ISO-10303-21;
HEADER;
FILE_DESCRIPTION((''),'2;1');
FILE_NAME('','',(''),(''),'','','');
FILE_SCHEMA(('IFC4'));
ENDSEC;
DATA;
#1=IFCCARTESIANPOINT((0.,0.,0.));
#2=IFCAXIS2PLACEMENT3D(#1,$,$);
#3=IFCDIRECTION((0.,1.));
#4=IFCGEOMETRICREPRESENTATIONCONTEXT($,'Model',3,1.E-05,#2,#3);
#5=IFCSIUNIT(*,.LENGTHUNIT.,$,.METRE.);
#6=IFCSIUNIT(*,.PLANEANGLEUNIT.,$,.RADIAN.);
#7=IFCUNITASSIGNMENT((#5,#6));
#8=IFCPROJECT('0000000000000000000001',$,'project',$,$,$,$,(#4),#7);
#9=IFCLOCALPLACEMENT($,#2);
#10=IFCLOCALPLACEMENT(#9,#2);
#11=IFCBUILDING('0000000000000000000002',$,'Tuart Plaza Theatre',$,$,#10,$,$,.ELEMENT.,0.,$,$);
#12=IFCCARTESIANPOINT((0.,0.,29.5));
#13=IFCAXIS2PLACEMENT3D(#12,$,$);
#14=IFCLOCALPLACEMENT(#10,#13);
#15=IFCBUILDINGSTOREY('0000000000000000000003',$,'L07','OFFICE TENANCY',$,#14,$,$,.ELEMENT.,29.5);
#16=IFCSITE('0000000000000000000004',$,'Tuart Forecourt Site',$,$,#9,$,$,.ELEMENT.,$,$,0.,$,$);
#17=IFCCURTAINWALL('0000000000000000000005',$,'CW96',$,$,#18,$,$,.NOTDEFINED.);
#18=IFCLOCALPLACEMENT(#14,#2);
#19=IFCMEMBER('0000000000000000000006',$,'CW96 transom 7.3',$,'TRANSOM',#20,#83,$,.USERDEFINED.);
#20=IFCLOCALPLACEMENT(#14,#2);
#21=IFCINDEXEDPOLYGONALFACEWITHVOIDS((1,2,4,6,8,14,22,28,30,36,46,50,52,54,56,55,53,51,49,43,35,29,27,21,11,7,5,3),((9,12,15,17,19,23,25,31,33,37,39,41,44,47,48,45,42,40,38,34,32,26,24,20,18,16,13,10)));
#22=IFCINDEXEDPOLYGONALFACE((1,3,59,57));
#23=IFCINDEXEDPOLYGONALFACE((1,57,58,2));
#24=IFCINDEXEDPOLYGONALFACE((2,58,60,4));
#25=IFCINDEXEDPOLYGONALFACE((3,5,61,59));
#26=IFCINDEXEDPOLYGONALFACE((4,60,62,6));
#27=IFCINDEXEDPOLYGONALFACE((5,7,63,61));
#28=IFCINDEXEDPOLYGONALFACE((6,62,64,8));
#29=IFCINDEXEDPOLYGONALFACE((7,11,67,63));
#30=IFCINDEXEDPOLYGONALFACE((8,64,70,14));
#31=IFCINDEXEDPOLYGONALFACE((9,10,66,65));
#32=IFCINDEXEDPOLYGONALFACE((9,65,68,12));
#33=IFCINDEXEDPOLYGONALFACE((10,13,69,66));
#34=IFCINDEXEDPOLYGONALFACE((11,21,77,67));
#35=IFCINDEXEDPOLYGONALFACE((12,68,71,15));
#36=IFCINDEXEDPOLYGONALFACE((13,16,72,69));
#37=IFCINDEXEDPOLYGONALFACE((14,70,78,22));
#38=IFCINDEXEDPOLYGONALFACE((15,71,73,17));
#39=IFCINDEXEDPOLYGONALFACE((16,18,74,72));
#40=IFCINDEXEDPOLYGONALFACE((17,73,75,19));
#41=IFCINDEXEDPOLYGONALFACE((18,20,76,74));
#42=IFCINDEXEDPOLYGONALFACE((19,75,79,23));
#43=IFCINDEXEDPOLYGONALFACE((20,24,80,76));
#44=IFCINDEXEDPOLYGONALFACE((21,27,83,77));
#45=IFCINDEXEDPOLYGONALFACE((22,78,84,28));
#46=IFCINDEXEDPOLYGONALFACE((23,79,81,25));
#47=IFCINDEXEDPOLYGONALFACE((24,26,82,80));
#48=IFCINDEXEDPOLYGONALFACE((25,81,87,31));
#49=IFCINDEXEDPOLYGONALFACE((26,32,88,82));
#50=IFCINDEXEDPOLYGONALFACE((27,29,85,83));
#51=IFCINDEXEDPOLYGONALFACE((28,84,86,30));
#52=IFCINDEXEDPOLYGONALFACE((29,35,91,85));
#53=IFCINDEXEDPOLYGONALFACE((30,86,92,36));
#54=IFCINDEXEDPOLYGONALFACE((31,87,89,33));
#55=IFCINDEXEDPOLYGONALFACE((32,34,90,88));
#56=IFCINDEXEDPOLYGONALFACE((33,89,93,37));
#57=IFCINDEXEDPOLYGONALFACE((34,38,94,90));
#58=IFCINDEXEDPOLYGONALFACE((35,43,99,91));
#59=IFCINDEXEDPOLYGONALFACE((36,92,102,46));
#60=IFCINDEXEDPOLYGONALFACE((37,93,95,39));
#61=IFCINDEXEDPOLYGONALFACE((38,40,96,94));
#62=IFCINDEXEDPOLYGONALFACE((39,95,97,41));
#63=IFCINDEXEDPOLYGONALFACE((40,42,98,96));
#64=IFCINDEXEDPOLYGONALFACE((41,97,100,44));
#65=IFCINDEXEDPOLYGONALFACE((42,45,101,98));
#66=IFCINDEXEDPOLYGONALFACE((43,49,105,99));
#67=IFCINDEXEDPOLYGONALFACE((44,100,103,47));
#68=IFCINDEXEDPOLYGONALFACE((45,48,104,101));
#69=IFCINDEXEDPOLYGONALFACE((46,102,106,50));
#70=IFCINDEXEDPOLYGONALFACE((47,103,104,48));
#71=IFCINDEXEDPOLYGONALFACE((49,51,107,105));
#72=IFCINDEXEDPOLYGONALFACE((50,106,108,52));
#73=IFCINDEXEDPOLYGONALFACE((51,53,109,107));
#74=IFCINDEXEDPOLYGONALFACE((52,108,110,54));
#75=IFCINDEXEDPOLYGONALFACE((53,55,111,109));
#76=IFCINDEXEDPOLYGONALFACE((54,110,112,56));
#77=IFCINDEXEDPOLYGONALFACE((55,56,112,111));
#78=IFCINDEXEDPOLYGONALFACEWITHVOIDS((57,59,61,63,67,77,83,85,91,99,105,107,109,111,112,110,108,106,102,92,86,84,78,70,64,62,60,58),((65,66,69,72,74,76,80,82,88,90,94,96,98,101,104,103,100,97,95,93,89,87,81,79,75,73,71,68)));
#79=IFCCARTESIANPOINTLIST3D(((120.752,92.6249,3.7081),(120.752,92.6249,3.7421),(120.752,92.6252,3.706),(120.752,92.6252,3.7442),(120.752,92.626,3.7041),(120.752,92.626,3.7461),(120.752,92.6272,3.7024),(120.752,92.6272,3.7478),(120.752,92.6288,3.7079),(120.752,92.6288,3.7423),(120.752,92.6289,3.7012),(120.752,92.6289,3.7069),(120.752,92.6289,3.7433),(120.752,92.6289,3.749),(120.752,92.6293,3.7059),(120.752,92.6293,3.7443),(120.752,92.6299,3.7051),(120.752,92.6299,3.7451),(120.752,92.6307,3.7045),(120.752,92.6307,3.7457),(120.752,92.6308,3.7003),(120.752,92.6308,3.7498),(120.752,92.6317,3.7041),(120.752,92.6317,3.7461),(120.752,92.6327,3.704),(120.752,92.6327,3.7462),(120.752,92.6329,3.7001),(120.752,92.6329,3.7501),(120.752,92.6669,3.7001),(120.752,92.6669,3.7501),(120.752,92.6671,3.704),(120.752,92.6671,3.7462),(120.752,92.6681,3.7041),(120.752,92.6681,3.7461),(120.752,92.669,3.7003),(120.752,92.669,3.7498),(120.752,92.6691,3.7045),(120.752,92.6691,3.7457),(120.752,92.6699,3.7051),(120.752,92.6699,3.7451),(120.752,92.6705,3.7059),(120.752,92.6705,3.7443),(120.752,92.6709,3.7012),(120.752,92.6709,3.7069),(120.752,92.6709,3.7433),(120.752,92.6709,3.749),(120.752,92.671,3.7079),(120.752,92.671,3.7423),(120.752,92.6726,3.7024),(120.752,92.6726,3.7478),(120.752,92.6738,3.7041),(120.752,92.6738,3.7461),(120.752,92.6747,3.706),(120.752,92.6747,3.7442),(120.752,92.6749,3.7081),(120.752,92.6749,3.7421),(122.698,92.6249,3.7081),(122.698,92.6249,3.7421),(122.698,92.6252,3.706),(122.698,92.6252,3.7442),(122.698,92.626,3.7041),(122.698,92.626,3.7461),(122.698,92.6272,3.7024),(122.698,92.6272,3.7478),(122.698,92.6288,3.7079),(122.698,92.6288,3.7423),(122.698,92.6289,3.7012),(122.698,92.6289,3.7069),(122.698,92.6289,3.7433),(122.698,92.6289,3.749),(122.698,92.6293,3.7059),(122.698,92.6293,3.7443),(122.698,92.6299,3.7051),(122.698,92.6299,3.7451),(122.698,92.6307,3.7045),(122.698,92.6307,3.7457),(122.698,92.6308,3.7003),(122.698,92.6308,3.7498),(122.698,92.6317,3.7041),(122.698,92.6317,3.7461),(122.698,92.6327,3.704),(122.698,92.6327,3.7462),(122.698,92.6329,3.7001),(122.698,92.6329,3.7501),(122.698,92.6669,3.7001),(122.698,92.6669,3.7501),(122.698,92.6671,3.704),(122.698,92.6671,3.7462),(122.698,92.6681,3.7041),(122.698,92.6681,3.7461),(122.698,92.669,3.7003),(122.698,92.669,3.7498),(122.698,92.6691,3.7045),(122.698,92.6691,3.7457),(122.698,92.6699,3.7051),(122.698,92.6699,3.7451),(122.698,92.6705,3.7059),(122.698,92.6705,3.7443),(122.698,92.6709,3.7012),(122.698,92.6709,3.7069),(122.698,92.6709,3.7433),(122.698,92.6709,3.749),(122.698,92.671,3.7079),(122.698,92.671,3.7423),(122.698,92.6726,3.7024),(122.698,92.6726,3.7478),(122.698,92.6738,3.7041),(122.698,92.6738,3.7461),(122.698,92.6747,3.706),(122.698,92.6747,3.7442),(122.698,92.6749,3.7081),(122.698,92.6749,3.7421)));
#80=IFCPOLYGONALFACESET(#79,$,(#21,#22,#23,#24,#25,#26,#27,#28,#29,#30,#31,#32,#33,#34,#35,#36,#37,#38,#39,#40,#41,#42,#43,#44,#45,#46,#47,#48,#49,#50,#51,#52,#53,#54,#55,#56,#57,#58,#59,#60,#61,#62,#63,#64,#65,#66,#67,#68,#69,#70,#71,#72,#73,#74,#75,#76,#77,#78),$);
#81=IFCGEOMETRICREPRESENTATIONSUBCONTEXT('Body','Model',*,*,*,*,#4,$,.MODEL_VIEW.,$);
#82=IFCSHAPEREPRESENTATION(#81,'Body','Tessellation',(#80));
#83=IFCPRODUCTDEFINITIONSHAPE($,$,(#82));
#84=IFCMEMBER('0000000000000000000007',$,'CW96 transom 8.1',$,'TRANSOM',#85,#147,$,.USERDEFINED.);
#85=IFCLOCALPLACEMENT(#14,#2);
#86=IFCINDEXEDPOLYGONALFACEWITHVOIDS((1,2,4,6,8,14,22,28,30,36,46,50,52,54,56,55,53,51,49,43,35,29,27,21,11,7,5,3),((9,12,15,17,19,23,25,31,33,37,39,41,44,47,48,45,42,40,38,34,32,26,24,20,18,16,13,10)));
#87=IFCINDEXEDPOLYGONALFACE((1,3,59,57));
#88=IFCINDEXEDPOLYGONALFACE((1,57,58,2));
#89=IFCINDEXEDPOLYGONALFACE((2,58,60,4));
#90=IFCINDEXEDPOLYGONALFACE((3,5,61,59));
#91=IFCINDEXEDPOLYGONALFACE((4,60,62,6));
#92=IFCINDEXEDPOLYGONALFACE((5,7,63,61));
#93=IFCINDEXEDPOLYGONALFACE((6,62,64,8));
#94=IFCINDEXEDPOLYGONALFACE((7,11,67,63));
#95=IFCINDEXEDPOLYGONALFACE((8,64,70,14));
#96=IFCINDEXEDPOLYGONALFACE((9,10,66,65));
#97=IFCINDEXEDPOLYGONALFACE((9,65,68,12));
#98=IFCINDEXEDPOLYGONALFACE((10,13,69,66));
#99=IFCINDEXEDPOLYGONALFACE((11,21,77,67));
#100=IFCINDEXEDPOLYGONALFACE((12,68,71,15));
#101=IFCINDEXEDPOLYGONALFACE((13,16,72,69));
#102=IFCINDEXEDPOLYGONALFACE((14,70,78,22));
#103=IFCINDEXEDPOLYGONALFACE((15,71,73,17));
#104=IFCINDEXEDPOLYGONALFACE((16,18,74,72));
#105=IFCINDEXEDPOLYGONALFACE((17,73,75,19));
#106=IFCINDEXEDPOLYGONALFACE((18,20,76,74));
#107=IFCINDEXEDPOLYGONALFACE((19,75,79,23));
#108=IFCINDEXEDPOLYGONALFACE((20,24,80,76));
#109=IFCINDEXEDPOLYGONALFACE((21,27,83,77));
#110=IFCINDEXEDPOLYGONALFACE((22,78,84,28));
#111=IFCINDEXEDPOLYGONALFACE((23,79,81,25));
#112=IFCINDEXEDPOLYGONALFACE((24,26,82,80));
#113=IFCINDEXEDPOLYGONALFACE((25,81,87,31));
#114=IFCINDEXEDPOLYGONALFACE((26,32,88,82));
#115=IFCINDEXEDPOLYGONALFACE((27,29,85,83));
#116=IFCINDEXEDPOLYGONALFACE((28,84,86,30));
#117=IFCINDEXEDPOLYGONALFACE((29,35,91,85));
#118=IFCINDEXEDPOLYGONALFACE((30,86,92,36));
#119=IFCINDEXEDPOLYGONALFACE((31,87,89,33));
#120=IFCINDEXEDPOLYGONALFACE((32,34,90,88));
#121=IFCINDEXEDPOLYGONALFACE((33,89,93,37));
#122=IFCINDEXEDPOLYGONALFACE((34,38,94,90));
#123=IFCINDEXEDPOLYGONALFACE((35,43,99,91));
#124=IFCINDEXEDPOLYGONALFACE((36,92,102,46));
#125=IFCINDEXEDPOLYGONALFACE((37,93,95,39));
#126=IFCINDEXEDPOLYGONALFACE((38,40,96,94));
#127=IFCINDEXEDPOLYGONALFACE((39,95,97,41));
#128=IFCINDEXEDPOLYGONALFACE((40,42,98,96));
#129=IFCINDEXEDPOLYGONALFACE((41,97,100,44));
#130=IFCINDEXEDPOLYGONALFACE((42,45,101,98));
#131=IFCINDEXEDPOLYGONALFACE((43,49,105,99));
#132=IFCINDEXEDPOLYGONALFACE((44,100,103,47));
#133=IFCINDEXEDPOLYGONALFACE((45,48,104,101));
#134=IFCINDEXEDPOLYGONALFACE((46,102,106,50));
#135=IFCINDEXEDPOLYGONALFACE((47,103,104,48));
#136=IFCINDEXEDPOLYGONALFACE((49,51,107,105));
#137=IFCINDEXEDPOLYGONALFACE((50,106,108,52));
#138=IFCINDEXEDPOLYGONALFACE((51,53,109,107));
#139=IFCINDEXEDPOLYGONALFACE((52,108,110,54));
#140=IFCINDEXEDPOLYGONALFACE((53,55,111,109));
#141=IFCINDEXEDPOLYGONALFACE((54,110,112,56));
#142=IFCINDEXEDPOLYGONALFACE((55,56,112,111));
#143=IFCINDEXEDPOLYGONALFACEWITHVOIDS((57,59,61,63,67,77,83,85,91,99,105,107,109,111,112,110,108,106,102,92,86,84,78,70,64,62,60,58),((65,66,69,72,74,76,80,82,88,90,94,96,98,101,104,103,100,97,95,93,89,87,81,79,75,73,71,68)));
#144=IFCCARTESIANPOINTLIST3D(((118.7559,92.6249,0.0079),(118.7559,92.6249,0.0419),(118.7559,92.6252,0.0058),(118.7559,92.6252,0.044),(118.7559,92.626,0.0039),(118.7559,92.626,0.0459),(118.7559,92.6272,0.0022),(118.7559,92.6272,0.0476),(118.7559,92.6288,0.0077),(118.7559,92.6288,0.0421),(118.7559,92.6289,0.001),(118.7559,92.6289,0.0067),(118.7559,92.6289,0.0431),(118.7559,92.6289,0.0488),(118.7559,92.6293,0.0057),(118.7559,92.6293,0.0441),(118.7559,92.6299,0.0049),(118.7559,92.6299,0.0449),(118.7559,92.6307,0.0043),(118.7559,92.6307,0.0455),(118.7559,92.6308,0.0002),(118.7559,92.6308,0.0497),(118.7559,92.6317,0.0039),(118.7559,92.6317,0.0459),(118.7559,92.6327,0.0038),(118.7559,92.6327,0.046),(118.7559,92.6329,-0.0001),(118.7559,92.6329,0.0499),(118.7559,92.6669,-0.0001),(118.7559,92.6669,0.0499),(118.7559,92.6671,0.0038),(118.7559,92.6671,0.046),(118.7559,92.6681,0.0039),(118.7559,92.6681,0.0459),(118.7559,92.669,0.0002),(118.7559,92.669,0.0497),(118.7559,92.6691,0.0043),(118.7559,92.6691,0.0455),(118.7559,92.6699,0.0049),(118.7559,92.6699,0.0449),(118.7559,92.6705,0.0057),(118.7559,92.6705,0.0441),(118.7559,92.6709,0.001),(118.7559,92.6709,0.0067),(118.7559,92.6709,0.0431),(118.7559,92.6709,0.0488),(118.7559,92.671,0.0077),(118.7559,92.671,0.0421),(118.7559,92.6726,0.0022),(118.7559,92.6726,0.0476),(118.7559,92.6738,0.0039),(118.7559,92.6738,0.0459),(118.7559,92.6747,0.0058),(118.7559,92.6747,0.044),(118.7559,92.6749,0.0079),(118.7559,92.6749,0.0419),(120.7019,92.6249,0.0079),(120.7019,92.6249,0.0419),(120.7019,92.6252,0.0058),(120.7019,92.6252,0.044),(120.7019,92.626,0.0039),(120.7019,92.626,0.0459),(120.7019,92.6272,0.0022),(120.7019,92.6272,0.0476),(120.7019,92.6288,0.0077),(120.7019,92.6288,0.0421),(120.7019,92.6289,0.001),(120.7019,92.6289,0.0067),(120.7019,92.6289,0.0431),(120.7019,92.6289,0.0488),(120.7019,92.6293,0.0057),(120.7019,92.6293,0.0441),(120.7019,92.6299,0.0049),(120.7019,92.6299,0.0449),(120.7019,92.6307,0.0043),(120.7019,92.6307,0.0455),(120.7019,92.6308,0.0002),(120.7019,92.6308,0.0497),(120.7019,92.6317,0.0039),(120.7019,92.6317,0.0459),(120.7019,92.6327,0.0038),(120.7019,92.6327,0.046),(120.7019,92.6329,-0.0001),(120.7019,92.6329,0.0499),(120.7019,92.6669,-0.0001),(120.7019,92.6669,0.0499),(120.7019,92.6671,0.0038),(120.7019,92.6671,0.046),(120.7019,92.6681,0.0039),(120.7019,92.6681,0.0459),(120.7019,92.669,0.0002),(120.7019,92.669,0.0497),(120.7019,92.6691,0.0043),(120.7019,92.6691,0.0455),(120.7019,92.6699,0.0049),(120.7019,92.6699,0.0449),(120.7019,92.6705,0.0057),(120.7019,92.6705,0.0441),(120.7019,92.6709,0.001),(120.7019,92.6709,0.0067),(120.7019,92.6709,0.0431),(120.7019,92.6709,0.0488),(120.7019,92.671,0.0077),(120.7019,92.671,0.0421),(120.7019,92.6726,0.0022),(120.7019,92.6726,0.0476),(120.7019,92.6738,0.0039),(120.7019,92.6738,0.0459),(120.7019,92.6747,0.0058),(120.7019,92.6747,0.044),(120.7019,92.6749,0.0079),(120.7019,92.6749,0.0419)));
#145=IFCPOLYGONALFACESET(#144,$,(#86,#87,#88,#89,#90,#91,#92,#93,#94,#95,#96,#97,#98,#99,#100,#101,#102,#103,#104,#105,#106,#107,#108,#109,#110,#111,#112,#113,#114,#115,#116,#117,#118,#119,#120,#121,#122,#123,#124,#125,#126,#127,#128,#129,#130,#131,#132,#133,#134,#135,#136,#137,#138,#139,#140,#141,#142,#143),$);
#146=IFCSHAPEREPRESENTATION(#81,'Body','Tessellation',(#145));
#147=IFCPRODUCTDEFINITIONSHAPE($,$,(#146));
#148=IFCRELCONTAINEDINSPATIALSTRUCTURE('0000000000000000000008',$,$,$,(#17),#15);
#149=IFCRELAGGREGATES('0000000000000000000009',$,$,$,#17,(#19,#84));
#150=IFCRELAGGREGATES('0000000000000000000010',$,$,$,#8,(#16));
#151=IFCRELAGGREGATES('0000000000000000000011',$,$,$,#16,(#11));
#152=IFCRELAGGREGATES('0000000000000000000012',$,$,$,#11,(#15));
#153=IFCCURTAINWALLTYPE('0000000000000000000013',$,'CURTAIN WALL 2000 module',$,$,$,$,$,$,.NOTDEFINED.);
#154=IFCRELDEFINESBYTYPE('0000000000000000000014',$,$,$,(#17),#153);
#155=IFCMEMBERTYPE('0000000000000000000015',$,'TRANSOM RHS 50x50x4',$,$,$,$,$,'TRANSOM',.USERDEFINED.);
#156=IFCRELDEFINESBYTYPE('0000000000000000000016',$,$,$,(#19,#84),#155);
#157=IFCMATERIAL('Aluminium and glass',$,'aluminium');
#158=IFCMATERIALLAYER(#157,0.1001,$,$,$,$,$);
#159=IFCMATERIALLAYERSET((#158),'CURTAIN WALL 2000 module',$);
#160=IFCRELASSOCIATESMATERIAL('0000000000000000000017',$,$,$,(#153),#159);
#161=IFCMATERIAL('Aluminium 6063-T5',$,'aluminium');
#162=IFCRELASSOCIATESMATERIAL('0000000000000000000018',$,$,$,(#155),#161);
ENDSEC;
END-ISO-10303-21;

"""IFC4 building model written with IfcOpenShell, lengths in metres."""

from ifc_helpers import new_model, si_unit, direction, frame, origin, origin_2d, place, context, subcontext, project, spatial, hollow_rectangle, extrude, material, layer, layer_set, material_profile, profile_set, type_object, element, aggregate, save


model = new_model("IFC4")

# Units and contexts
model_context = context("Model", 3, precision=1e-05, world=origin(), true_north=direction((0.0, 1.0)))
body_context = subcontext(model_context, "Body", "Model", "MODEL_VIEW")
ifc_project = project(units=[si_unit("LENGTHUNIT", "METRE"), si_unit("PLANEANGLEUNIT", "RADIAN")], contexts=[model_context])

# Site, building, storey
site_placement = place(None, origin())
site = spatial("IfcSite", under=ifc_project, at=site_placement, Name="Tuart Forecourt Site", CompositionType="ELEMENT", RefElevation=0.0)
building_placement = place(site_placement, origin())
building = spatial("IfcBuilding", under=site, at=building_placement, Name="Tuart Plaza Theatre", CompositionType="ELEMENT", ElevationOfRefHeight=0.0)
storey_placement = place(building_placement, frame((0.0, 0.0, 29.5)))
storey = spatial("IfcBuildingStorey", under=building, at=storey_placement, Name="L07", Description="OFFICE TENANCY", CompositionType="ELEMENT", Elevation=29.5)

# Curtain wall, members
ifc_material_1 = material(Name="Aluminium and glass", Category="aluminium")
ifc_layer_1 = layer(ifc_material_1, 0.1001)
ifc_layer_set_1 = layer_set([ifc_layer_1], Name="CURTAIN WALL 2000 module")
curtain_wall_type = type_object("IfcCurtainWallType", Name="CURTAIN WALL 2000 module", PredefinedType="NOTDEFINED", material=ifc_layer_set_1)
curtain_wall_placement = place(storey_placement, origin())
curtain_wall = element("IfcCurtainWall", 1, at=curtain_wall_placement, inside=storey, type_object=curtain_wall_type, Name="CW96", PredefinedType="NOTDEFINED")
ifc_material_2 = material(Name="Aluminium 6063-T5", Category="aluminium")
ifc_material_profile_1 = material_profile(ifc_material_2, hollow_rectangle(XDim=0.05, YDim=0.05, WallThickness=0.0039, InnerFilletRadius=0.0039, OuterFilletRadius=0.0081, at=origin_2d()), Name="RHS 50x50x4")
ifc_profile_set_1 = profile_set([ifc_material_profile_1], Name="Aluminium 6063-T5")
member_type_1 = type_object("IfcMemberType", Name="TRANSOM RHS 50x50x4", ElementType="TRANSOM", PredefinedType="USERDEFINED", material=ifc_profile_set_1)
member_1_placement = place(storey_placement, frame((122.698, 92.6499, 3.7251), z_axis=(-1.0, 0.0, 0.0), x_axis=(0.0, -1.0, 0.0)))
member_1 = element("IfcMember", 2, at=member_1_placement, type_object=member_type_1, Name="CW96 transom 7.3", ObjectType="TRANSOM", PredefinedType="USERDEFINED", context=body_context, shape_type="SweptSolid", body=[
    extrude(hollow_rectangle(XDim=0.05, YDim=0.05, WallThickness=0.0039, InnerFilletRadius=0.0039, OuterFilletRadius=0.0081, at=origin_2d()), origin(), (0.0, 0.0, 1.0), 1.946),
])
member_2_placement = place(storey_placement, frame((120.7019, 92.6499, 0.0249), z_axis=(-1.0, 0.0, 0.0), x_axis=(0.0, -1.0, 0.0)))
member_2 = element("IfcMember", 3, at=member_2_placement, type_object=member_type_1, Name="CW96 transom 8.1", ObjectType="TRANSOM", PredefinedType="USERDEFINED", context=body_context, shape_type="SweptSolid", body=[
    extrude(hollow_rectangle(XDim=0.05, YDim=0.05, WallThickness=0.0039, InnerFilletRadius=0.0039, OuterFilletRadius=0.0081, at=origin_2d()), origin(), (0.0, 0.0, 1.0), 1.946),
])
aggregate(curtain_wall, [member_1, member_2])

save(model, "model.ifc")
